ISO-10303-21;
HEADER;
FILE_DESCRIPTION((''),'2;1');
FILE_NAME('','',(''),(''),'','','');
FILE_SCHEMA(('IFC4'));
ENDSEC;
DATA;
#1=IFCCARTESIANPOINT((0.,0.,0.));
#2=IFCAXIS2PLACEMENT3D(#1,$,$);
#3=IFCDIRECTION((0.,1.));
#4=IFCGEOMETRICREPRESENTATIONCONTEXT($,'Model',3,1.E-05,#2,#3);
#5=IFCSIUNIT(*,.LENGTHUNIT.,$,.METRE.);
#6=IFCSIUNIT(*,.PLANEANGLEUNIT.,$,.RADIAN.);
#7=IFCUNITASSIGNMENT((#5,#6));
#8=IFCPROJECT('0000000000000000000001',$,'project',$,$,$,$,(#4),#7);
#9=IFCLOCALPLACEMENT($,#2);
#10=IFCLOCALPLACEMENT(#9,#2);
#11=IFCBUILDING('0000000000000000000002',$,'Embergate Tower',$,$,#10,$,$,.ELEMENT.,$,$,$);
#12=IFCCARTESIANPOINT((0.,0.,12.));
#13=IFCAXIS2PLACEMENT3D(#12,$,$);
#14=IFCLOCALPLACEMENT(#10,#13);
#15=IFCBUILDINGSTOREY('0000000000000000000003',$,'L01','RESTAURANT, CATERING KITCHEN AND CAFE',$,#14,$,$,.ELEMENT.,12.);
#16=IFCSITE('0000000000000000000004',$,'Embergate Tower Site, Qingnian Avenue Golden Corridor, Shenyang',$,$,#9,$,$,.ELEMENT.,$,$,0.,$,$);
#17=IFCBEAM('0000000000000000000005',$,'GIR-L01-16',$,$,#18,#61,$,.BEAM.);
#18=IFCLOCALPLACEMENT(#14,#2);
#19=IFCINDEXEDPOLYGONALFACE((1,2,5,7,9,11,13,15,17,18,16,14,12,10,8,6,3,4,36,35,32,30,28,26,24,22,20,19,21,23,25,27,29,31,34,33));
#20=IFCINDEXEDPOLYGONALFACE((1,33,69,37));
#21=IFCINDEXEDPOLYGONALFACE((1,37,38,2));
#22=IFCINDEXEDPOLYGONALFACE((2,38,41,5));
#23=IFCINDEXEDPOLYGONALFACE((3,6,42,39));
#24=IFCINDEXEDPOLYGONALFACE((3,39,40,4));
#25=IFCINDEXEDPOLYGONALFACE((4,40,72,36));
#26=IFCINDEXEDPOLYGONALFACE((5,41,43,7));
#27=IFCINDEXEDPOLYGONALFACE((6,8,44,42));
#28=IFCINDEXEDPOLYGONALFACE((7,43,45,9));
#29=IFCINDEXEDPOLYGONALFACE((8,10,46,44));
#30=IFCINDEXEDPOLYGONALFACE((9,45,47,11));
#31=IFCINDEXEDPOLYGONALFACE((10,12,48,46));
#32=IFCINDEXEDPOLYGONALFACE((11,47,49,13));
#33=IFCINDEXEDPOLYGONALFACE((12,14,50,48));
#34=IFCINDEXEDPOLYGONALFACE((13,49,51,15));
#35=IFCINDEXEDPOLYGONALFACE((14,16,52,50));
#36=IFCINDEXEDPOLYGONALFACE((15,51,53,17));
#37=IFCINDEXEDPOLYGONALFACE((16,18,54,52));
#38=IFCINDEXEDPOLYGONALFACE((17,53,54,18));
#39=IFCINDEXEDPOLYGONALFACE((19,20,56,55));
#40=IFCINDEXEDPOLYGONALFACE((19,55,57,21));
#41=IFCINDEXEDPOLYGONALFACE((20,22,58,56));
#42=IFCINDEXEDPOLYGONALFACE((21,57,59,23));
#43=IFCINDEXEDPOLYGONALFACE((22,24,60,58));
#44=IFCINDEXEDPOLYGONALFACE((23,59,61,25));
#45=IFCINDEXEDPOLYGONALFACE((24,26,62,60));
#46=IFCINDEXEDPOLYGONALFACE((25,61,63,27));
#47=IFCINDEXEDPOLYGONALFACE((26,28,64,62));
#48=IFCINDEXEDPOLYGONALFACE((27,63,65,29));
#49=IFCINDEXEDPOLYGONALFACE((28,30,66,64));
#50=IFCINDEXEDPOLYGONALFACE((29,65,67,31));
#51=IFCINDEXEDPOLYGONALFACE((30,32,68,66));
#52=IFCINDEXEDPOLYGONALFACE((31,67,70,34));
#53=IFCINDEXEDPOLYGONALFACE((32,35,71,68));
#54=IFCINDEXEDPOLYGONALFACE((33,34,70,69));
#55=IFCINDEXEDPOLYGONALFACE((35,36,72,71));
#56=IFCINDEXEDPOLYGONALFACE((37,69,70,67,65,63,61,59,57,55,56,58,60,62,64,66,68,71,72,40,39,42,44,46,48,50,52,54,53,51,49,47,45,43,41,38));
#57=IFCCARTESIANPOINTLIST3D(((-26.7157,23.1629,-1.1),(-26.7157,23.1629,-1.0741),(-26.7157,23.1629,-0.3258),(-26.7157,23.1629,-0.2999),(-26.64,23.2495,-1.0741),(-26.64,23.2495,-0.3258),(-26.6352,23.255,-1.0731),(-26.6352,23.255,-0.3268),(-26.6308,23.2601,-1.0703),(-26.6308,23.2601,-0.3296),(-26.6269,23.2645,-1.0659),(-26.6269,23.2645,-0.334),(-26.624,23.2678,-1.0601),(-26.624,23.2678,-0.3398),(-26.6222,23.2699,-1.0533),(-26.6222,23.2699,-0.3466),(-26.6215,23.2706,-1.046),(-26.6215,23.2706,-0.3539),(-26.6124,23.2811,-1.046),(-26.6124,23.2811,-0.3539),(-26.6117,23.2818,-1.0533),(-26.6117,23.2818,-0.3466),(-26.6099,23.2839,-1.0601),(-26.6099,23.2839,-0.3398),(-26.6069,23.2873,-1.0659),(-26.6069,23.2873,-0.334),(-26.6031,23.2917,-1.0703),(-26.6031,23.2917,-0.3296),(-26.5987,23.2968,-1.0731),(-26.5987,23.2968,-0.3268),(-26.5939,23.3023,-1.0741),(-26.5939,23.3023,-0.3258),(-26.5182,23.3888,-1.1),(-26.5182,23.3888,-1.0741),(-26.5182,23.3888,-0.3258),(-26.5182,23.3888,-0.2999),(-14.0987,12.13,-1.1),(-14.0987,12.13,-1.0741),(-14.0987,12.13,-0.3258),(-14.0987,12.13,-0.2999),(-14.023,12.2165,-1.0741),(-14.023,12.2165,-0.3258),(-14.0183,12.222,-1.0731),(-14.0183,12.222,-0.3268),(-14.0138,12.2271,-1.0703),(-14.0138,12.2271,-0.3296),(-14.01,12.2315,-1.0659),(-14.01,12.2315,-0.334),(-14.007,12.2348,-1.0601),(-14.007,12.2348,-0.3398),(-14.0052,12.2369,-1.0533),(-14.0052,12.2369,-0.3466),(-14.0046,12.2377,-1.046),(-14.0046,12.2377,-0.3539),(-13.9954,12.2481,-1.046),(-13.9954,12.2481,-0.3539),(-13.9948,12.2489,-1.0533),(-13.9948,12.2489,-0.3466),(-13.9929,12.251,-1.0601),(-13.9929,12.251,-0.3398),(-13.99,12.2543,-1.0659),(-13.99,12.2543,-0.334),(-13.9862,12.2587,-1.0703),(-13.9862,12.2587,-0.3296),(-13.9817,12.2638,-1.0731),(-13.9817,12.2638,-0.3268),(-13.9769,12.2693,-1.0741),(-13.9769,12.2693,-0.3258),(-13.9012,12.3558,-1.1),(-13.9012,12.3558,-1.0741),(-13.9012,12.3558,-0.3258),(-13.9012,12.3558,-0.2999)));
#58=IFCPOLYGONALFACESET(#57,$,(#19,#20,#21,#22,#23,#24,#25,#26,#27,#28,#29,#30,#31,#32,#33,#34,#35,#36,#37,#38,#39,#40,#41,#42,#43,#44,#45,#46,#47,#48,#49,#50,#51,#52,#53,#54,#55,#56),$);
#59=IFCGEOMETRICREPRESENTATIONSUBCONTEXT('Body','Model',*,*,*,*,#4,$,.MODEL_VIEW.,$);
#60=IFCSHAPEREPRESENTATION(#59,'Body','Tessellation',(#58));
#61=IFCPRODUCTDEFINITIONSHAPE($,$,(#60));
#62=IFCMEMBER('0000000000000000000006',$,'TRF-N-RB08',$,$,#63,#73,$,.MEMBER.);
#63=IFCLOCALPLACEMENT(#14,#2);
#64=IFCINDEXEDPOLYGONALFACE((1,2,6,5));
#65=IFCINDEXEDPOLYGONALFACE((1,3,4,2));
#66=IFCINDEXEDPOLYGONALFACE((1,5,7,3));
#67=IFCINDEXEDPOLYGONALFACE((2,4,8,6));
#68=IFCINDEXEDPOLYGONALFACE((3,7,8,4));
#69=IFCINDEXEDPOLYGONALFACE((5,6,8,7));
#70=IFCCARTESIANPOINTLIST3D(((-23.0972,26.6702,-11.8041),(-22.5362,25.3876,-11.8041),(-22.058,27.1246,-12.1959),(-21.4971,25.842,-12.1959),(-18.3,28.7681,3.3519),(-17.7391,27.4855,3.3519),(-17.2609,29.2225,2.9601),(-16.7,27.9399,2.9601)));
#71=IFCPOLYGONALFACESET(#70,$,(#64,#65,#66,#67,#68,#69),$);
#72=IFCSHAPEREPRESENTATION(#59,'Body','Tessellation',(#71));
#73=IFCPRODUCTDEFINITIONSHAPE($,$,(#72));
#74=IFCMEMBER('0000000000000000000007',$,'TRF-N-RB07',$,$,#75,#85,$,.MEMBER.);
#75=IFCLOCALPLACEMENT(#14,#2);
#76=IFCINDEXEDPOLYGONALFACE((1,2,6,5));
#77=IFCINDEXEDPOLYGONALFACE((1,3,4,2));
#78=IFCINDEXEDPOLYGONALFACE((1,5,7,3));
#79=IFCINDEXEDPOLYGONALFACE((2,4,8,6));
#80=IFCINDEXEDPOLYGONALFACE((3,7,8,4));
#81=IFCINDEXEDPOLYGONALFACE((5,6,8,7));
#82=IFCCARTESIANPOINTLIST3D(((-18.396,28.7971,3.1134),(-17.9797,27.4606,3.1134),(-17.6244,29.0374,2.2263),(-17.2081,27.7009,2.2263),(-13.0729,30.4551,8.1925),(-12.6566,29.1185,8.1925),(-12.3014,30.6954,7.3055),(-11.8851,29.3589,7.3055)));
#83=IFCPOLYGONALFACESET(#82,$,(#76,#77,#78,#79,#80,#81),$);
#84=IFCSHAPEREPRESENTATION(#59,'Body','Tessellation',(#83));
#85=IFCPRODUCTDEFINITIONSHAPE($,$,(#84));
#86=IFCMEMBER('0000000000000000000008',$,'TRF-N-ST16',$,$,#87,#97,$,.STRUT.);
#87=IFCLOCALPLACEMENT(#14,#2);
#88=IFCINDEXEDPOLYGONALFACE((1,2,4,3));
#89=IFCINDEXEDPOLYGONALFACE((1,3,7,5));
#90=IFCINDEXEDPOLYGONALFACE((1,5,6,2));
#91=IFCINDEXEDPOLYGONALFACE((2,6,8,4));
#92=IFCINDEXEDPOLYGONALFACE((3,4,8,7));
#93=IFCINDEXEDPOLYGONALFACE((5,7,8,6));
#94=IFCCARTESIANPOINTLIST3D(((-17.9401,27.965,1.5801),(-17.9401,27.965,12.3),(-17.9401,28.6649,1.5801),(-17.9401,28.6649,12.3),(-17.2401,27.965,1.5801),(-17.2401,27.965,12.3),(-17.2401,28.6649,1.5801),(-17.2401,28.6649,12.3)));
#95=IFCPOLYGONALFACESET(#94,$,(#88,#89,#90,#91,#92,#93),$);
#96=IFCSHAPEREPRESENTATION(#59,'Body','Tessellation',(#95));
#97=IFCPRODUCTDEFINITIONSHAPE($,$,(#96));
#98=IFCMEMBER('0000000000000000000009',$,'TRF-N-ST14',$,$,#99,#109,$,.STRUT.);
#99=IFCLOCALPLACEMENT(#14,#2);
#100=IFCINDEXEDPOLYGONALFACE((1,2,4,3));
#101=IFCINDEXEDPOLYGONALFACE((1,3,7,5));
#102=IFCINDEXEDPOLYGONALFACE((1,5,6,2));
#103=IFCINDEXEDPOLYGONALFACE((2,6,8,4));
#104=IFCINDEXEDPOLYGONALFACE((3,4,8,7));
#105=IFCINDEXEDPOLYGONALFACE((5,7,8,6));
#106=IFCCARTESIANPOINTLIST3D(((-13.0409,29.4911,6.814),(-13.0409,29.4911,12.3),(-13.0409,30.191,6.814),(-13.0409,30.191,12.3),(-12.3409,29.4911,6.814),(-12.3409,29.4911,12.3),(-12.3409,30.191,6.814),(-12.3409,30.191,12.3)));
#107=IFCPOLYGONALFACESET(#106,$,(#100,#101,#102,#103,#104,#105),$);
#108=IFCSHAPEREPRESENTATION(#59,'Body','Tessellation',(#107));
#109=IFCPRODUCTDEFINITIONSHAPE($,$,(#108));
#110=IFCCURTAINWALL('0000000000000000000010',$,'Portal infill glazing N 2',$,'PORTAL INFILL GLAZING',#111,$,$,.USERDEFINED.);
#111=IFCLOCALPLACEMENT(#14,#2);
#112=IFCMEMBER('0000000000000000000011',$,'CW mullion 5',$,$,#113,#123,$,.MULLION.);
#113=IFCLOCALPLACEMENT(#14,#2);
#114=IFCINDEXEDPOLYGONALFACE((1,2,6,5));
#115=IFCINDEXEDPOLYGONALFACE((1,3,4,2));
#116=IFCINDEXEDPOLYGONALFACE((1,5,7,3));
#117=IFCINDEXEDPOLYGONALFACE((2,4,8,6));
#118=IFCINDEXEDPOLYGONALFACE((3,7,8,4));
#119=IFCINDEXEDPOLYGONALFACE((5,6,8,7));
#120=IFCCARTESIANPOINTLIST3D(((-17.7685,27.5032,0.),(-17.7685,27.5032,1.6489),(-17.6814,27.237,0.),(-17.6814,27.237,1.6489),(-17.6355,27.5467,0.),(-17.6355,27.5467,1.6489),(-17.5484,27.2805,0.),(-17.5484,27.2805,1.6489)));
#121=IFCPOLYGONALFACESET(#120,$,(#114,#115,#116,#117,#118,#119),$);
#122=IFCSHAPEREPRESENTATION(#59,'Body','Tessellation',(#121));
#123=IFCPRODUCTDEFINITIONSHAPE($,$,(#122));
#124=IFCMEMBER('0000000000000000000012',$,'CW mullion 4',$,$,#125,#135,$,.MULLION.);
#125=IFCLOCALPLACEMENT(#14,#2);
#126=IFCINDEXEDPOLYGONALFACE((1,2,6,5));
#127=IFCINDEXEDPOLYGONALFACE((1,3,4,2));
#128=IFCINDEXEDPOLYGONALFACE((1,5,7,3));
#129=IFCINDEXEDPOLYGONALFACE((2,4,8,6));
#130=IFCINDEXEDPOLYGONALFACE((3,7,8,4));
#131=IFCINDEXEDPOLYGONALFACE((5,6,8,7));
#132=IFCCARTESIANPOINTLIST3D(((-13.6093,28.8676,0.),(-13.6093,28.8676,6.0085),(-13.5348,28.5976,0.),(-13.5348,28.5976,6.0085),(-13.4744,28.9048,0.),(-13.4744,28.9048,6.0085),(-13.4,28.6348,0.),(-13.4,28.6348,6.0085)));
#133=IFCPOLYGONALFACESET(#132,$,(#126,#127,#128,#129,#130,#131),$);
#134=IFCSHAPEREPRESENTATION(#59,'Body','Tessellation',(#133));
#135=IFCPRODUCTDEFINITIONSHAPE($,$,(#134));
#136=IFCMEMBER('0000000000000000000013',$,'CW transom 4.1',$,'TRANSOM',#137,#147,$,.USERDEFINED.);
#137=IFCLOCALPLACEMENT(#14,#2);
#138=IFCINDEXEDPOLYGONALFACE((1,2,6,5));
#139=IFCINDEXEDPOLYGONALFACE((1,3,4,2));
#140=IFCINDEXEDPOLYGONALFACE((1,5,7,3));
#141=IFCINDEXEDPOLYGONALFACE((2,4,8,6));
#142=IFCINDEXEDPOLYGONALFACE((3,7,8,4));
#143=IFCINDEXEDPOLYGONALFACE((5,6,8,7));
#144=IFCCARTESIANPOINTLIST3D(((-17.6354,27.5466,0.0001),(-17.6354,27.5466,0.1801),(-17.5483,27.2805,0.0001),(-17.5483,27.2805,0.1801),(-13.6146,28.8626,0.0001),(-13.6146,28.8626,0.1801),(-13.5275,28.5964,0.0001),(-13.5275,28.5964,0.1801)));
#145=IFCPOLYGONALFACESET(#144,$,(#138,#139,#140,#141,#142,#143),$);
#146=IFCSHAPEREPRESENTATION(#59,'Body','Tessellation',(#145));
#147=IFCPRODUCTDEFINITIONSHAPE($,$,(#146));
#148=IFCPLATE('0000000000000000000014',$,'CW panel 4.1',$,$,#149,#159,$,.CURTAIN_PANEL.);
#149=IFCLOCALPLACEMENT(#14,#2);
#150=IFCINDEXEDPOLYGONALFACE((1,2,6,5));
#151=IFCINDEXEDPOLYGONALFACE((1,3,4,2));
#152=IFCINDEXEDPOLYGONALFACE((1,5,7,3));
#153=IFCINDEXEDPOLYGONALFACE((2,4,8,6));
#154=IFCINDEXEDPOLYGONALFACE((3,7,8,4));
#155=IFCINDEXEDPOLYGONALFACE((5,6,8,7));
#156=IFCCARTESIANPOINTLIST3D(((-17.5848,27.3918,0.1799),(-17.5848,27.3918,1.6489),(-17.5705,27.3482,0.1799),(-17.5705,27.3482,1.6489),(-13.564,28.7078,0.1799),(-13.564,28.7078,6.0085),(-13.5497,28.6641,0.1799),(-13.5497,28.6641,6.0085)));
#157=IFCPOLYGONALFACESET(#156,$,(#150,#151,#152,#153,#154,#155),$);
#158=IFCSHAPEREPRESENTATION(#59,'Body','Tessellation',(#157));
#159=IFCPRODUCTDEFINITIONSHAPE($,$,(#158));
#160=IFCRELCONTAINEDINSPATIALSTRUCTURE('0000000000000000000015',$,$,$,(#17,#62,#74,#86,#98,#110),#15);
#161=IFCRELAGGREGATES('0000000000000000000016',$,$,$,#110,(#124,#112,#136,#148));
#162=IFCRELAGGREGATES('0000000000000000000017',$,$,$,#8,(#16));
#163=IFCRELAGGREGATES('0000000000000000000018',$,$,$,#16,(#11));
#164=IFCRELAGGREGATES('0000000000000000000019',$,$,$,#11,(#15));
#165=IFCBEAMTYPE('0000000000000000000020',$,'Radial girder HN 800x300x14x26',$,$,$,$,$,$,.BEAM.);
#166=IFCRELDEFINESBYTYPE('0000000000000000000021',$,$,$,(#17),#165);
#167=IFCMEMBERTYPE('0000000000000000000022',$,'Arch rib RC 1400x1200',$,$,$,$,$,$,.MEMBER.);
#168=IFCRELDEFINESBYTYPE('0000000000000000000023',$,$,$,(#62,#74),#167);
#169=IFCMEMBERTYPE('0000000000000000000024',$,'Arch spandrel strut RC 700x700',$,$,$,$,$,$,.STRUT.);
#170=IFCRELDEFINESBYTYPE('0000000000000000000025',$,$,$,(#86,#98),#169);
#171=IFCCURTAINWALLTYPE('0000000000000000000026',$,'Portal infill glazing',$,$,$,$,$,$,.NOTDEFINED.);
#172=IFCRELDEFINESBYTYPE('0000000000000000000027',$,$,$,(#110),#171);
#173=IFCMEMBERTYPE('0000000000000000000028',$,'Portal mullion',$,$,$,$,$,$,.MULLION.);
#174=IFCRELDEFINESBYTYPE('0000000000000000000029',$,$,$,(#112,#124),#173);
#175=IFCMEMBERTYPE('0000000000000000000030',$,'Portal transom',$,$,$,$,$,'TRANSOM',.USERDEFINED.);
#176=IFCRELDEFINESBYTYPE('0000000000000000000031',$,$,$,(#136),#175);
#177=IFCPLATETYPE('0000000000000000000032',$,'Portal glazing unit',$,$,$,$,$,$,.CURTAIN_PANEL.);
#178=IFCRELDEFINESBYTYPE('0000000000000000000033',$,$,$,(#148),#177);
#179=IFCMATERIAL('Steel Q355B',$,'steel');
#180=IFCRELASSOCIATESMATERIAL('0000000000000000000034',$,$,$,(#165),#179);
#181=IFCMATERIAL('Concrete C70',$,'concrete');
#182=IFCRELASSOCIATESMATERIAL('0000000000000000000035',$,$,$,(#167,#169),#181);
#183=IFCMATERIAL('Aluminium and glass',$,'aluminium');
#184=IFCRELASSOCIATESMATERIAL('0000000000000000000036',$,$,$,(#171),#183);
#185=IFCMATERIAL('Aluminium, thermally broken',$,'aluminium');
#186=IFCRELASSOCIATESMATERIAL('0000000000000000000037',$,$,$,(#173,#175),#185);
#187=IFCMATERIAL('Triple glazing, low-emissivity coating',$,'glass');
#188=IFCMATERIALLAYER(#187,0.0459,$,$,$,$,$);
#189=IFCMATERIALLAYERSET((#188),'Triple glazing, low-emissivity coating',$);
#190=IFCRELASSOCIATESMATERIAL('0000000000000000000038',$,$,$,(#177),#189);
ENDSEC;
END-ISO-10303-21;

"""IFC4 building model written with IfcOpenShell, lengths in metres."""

from ifc_helpers import new_model, si_unit, direction, frame, origin, origin_2d, place, context, subcontext, project, spatial, polyline, rectangle, i_section, outline, extrude, source, transform, mapped, material, layer, layer_set, material_profile, profile_set, type_object, element, aggregate, save


model = new_model("IFC4")

# Units and contexts
model_context = context("Model", 3, precision=1e-05, world=origin(), true_north=direction((0.0, 1.0)))
body_context = subcontext(model_context, "Body", "Model", "MODEL_VIEW")
ifc_project = project(units=[si_unit("LENGTHUNIT", "METRE"), si_unit("PLANEANGLEUNIT", "RADIAN")], contexts=[model_context])

# Site, building, storey
site_placement = place(None, origin())
site = spatial("IfcSite", under=ifc_project, at=site_placement, Name="Embergate Tower Site, Qingnian Avenue Golden Corridor, Shenyang", CompositionType="ELEMENT", RefElevation=0.0)
building_placement = place(site_placement, origin())
building = spatial("IfcBuilding", under=site, at=building_placement, Name="Embergate Tower", CompositionType="ELEMENT")
storey_placement = place(building_placement, frame((0.0, 0.0, 12.0)))
storey = spatial("IfcBuildingStorey", under=building, at=storey_placement, Name="L01", Description="RESTAURANT, CATERING KITCHEN AND CAFE", CompositionType="ELEMENT", Elevation=12.0)

# Shared definitions
ifc_material_1 = material(Name="Concrete C70", Category="concrete")

# Beam
ifc_material_2 = material(Name="Steel Q355B", Category="steel")
ifc_material_profile_1 = material_profile(ifc_material_2, i_section(OverallWidth=0.3, OverallDepth=0.8, WebThickness=0.0139, FlangeThickness=0.0259, FilletRadius=0.0281, at=origin_2d()), Name="HN 800x300x14x26")
ifc_profile_set_1 = profile_set([ifc_material_profile_1], Name="Steel Q355 grade B")
beam_type_1 = type_object("IfcBeamType", Name="Radial girder HN 800x300x14x26", PredefinedType="BEAM", material=ifc_profile_set_1)
shared_shape_1 = source(origin(), body_context, "Body", "SweptSolid", [
    extrude(i_section(OverallWidth=0.3, OverallDepth=0.8, WebThickness=0.0139, FlangeThickness=0.0259, FilletRadius=0.0281, at=origin_2d()), origin(), (0.0, 0.0, 1.0), 16.7605),
])
beam_1_placement = place(storey_placement, frame((-26.6169, 23.2759, -0.7), z_axis=(0.75278, -0.658273, 0.0), x_axis=(0.658273, 0.75278, 0.0)))
element("IfcBeam", 1, at=beam_1_placement, inside=storey, type_object=beam_type_1, Name="GIR-L01-16", PredefinedType="BEAM", context=body_context, shape_type="MappedRepresentation", body=[
    mapped(shared_shape_1, transform((0.0, 0.0, 0.0))),
])

# Members
ifc_material_profile_2 = material_profile(ifc_material_1, rectangle(XDim=1.3999, YDim=1.2, at=origin_2d()), Name="RC 1400x1200")
ifc_profile_set_2 = profile_set([ifc_material_profile_2], Name="Concrete C70")
member_type_1 = type_object("IfcMemberType", Name="Arch rib RC 1400x1200", PredefinedType="MEMBER", material=ifc_profile_set_2)
shared_shape_2 = source(origin(), body_context, "Body", "SweptSolid", [
    extrude(rectangle(XDim=1.3999, YDim=1.2, at=origin_2d()), origin(), (0.0, 0.0, 1.0), 16.0349),
])
member_1_placement = place(storey_placement, frame((-17.5, 28.354, 3.156), z_axis=(-0.299167, -0.130833, -0.945189), x_axis=(0.400684, -0.916216, 0.0)))
element("IfcMember", 2, at=member_1_placement, inside=storey, type_object=member_type_1, Name="TRF-N-RB08", PredefinedType="MEMBER", context=body_context, shape_type="MappedRepresentation", body=[
    mapped(shared_shape_2, transform((0.0, 0.0, 0.0))),
])
shared_shape_3 = source(origin(), body_context, "Body", "SweptSolid", [
    extrude(rectangle(XDim=1.3999, YDim=1.2, at=origin_2d()), origin(), (0.0, 0.0, 1.0), 7.542),
])
member_2_placement = place(storey_placement, frame((-12.479, 29.907, 7.749), z_axis=(-0.705789, -0.219833, -0.67345), x_axis=(0.29738, -0.954759, 0.0)))
element("IfcMember", 3, at=member_2_placement, inside=storey, type_object=member_type_1, Name="TRF-N-RB07", PredefinedType="MEMBER", context=body_context, shape_type="MappedRepresentation", body=[
    mapped(shared_shape_3, transform((0.0, 0.0, 0.0))),
])
ifc_material_profile_3 = material_profile(ifc_material_1, rectangle(XDim=0.7, YDim=0.7, at=origin_2d()), Name="RC 700x700")
ifc_profile_set_3 = profile_set([ifc_material_profile_3], Name="Concrete C70")
member_type_2 = type_object("IfcMemberType", Name="Arch spandrel strut RC 700x700", PredefinedType="STRUT", material=ifc_profile_set_3)
shared_shape_4 = source(origin(), body_context, "Body", "SweptSolid", [
    extrude(rectangle(XDim=0.7, YDim=0.7, at=origin_2d()), origin(), (0.0, 0.0, 1.0), 10.72),
])
member_3_placement = place(storey_placement, frame((-17.5901, 28.3149, 1.5801), z_axis=(0.0, 0.0, 1.0), x_axis=(1.0, 0.0, 0.0)))
element("IfcMember", 4, at=member_3_placement, inside=storey, type_object=member_type_2, Name="TRF-N-ST16", PredefinedType="STRUT", context=body_context, shape_type="MappedRepresentation", body=[
    mapped(shared_shape_4, transform((0.0, 0.0, 0.0))),
])
shared_shape_5 = source(origin(), body_context, "Body", "SweptSolid", [
    extrude(rectangle(XDim=0.7, YDim=0.7, at=origin_2d()), origin(), (0.0, 0.0, 1.0), 5.4861),
])
member_4_placement = place(storey_placement, frame((-12.6909, 29.8411, 6.814), z_axis=(0.0, 0.0, 1.0), x_axis=(1.0, 0.0, 0.0)))
element("IfcMember", 5, at=member_4_placement, inside=storey, type_object=member_type_2, Name="TRF-N-ST14", PredefinedType="STRUT", context=body_context, shape_type="MappedRepresentation", body=[
    mapped(shared_shape_5, transform((0.0, 0.0, 0.0))),
])

# Curtain wall, members, plate
ifc_material_3 = material(Name="Aluminium and glass", Category="aluminium")
curtain_wall_type = type_object("IfcCurtainWallType", Name="Portal infill glazing", PredefinedType="NOTDEFINED", material=ifc_material_3)
curtain_wall_placement = place(storey_placement, origin())
curtain_wall = element("IfcCurtainWall", 6, at=curtain_wall_placement, inside=storey, type_object=curtain_wall_type, Name="Portal infill glazing N 2", ObjectType="PORTAL INFILL GLAZING", PredefinedType="USERDEFINED")
ifc_material_4 = material(Name="Aluminium, thermally broken", Category="aluminium")
ifc_material_profile_4 = material_profile(ifc_material_4, rectangle(XDim=0.28, YDim=0.1399, at=origin_2d()), Name="AL 140x280")
ifc_profile_set_4 = profile_set([ifc_material_profile_4], Name="Aluminium, thermally broken")
member_type_3 = type_object("IfcMemberType", Name="Portal mullion", PredefinedType="MULLION", material=ifc_profile_set_4)
shared_shape_6 = source(origin(), body_context, "Body", "SweptSolid", [
    extrude(rectangle(XDim=0.28, YDim=0.1399, at=origin_2d()), origin(), (0.0, 0.0, 1.0), 1.6489),
])
member_5_placement = place(storey_placement, frame((-17.6584, 27.3918, 0.0), z_axis=(0.0, 0.0, 1.0), x_axis=(0.311045, -0.950395, 0.0)))
member_5 = element("IfcMember", 7, at=member_5_placement, type_object=member_type_3, Name="CW mullion 5", PredefinedType="MULLION", context=body_context, shape_type="MappedRepresentation", body=[
    mapped(shared_shape_6, transform((0.0, 0.0, 0.0))),
])
shared_shape_7 = source(origin(), body_context, "Body", "SweptSolid", [
    extrude(rectangle(XDim=0.28, YDim=0.1399, at=origin_2d()), origin(), (0.0, 0.0, 1.0), 6.0085),
])
member_6_placement = place(storey_placement, frame((-13.5046, 28.7512, 0.0), z_axis=(0.0, 0.0, 1.0), x_axis=(0.265925, -0.963994, 0.0)))
member_6 = element("IfcMember", 8, at=member_6_placement, type_object=member_type_3, Name="CW mullion 4", PredefinedType="MULLION", context=body_context, shape_type="MappedRepresentation", body=[
    mapped(shared_shape_7, transform((0.0, 0.0, 0.0))),
])
ifc_material_profile_5 = material_profile(ifc_material_4, rectangle(XDim=0.28, YDim=0.1799, at=origin_2d()), Name="AL 180x280")
ifc_profile_set_5 = profile_set([ifc_material_profile_5], Name="Aluminium, thermally broken")
member_type_4 = type_object("IfcMemberType", Name="Portal transom", ElementType="TRANSOM", PredefinedType="USERDEFINED", material=ifc_profile_set_5)
shared_shape_8 = source(origin(), body_context, "Body", "SweptSolid", [
    extrude(rectangle(XDim=0.28, YDim=0.1799, at=origin_2d()), origin(), (0.0, 0.0, 1.0), 4.2307),
])
member_7_placement = place(storey_placement, frame((-13.571, 28.7295, 0.0901), z_axis=(-0.950395, -0.311047, 0.0), x_axis=(0.311047, -0.950395, 0.0)))
member_7 = element("IfcMember", 9, at=member_7_placement, type_object=member_type_4, Name="CW transom 4.1", ObjectType="TRANSOM", PredefinedType="USERDEFINED", context=body_context, shape_type="MappedRepresentation", body=[
    mapped(shared_shape_8, transform((0.0, 0.0, 0.0))),
])
ifc_material_5 = material(Name="Triple glazing, low-emissivity coating", Category="glass")
ifc_layer_1 = layer(ifc_material_5, 0.0459)
ifc_layer_set_1 = layer_set([ifc_layer_1], Name="Triple glazing, low-emissivity coating")
plate_type = type_object("IfcPlateType", Name="Portal glazing unit", PredefinedType="CURTAIN_PANEL", material=ifc_layer_set_1)
shared_shape_9 = source(origin(), body_context, "Body", "SweptSolid", [
    extrude(outline(polyline([(0.0, 0.0), (4.2307, 0.0), (4.2307, 1.469), (0.0, 5.8286), (0.0, 0.0)])), origin(), (0.0, 0.0, -1.0), 0.0459),
])
plate_placement = place(storey_placement, frame((-13.564, 28.7078, 0.1799), z_axis=(-0.311047, 0.950395, 0.0), x_axis=(-0.950395, -0.311047, 0.0)))
plate = element("IfcPlate", 10, at=plate_placement, type_object=plate_type, Name="CW panel 4.1", PredefinedType="CURTAIN_PANEL", context=body_context, shape_type="MappedRepresentation", body=[
    mapped(shared_shape_9, transform((0.0, 0.0, 0.0))),
])
aggregate(curtain_wall, [member_6, member_5, member_7, plate])

save(model, "model.ifc")
